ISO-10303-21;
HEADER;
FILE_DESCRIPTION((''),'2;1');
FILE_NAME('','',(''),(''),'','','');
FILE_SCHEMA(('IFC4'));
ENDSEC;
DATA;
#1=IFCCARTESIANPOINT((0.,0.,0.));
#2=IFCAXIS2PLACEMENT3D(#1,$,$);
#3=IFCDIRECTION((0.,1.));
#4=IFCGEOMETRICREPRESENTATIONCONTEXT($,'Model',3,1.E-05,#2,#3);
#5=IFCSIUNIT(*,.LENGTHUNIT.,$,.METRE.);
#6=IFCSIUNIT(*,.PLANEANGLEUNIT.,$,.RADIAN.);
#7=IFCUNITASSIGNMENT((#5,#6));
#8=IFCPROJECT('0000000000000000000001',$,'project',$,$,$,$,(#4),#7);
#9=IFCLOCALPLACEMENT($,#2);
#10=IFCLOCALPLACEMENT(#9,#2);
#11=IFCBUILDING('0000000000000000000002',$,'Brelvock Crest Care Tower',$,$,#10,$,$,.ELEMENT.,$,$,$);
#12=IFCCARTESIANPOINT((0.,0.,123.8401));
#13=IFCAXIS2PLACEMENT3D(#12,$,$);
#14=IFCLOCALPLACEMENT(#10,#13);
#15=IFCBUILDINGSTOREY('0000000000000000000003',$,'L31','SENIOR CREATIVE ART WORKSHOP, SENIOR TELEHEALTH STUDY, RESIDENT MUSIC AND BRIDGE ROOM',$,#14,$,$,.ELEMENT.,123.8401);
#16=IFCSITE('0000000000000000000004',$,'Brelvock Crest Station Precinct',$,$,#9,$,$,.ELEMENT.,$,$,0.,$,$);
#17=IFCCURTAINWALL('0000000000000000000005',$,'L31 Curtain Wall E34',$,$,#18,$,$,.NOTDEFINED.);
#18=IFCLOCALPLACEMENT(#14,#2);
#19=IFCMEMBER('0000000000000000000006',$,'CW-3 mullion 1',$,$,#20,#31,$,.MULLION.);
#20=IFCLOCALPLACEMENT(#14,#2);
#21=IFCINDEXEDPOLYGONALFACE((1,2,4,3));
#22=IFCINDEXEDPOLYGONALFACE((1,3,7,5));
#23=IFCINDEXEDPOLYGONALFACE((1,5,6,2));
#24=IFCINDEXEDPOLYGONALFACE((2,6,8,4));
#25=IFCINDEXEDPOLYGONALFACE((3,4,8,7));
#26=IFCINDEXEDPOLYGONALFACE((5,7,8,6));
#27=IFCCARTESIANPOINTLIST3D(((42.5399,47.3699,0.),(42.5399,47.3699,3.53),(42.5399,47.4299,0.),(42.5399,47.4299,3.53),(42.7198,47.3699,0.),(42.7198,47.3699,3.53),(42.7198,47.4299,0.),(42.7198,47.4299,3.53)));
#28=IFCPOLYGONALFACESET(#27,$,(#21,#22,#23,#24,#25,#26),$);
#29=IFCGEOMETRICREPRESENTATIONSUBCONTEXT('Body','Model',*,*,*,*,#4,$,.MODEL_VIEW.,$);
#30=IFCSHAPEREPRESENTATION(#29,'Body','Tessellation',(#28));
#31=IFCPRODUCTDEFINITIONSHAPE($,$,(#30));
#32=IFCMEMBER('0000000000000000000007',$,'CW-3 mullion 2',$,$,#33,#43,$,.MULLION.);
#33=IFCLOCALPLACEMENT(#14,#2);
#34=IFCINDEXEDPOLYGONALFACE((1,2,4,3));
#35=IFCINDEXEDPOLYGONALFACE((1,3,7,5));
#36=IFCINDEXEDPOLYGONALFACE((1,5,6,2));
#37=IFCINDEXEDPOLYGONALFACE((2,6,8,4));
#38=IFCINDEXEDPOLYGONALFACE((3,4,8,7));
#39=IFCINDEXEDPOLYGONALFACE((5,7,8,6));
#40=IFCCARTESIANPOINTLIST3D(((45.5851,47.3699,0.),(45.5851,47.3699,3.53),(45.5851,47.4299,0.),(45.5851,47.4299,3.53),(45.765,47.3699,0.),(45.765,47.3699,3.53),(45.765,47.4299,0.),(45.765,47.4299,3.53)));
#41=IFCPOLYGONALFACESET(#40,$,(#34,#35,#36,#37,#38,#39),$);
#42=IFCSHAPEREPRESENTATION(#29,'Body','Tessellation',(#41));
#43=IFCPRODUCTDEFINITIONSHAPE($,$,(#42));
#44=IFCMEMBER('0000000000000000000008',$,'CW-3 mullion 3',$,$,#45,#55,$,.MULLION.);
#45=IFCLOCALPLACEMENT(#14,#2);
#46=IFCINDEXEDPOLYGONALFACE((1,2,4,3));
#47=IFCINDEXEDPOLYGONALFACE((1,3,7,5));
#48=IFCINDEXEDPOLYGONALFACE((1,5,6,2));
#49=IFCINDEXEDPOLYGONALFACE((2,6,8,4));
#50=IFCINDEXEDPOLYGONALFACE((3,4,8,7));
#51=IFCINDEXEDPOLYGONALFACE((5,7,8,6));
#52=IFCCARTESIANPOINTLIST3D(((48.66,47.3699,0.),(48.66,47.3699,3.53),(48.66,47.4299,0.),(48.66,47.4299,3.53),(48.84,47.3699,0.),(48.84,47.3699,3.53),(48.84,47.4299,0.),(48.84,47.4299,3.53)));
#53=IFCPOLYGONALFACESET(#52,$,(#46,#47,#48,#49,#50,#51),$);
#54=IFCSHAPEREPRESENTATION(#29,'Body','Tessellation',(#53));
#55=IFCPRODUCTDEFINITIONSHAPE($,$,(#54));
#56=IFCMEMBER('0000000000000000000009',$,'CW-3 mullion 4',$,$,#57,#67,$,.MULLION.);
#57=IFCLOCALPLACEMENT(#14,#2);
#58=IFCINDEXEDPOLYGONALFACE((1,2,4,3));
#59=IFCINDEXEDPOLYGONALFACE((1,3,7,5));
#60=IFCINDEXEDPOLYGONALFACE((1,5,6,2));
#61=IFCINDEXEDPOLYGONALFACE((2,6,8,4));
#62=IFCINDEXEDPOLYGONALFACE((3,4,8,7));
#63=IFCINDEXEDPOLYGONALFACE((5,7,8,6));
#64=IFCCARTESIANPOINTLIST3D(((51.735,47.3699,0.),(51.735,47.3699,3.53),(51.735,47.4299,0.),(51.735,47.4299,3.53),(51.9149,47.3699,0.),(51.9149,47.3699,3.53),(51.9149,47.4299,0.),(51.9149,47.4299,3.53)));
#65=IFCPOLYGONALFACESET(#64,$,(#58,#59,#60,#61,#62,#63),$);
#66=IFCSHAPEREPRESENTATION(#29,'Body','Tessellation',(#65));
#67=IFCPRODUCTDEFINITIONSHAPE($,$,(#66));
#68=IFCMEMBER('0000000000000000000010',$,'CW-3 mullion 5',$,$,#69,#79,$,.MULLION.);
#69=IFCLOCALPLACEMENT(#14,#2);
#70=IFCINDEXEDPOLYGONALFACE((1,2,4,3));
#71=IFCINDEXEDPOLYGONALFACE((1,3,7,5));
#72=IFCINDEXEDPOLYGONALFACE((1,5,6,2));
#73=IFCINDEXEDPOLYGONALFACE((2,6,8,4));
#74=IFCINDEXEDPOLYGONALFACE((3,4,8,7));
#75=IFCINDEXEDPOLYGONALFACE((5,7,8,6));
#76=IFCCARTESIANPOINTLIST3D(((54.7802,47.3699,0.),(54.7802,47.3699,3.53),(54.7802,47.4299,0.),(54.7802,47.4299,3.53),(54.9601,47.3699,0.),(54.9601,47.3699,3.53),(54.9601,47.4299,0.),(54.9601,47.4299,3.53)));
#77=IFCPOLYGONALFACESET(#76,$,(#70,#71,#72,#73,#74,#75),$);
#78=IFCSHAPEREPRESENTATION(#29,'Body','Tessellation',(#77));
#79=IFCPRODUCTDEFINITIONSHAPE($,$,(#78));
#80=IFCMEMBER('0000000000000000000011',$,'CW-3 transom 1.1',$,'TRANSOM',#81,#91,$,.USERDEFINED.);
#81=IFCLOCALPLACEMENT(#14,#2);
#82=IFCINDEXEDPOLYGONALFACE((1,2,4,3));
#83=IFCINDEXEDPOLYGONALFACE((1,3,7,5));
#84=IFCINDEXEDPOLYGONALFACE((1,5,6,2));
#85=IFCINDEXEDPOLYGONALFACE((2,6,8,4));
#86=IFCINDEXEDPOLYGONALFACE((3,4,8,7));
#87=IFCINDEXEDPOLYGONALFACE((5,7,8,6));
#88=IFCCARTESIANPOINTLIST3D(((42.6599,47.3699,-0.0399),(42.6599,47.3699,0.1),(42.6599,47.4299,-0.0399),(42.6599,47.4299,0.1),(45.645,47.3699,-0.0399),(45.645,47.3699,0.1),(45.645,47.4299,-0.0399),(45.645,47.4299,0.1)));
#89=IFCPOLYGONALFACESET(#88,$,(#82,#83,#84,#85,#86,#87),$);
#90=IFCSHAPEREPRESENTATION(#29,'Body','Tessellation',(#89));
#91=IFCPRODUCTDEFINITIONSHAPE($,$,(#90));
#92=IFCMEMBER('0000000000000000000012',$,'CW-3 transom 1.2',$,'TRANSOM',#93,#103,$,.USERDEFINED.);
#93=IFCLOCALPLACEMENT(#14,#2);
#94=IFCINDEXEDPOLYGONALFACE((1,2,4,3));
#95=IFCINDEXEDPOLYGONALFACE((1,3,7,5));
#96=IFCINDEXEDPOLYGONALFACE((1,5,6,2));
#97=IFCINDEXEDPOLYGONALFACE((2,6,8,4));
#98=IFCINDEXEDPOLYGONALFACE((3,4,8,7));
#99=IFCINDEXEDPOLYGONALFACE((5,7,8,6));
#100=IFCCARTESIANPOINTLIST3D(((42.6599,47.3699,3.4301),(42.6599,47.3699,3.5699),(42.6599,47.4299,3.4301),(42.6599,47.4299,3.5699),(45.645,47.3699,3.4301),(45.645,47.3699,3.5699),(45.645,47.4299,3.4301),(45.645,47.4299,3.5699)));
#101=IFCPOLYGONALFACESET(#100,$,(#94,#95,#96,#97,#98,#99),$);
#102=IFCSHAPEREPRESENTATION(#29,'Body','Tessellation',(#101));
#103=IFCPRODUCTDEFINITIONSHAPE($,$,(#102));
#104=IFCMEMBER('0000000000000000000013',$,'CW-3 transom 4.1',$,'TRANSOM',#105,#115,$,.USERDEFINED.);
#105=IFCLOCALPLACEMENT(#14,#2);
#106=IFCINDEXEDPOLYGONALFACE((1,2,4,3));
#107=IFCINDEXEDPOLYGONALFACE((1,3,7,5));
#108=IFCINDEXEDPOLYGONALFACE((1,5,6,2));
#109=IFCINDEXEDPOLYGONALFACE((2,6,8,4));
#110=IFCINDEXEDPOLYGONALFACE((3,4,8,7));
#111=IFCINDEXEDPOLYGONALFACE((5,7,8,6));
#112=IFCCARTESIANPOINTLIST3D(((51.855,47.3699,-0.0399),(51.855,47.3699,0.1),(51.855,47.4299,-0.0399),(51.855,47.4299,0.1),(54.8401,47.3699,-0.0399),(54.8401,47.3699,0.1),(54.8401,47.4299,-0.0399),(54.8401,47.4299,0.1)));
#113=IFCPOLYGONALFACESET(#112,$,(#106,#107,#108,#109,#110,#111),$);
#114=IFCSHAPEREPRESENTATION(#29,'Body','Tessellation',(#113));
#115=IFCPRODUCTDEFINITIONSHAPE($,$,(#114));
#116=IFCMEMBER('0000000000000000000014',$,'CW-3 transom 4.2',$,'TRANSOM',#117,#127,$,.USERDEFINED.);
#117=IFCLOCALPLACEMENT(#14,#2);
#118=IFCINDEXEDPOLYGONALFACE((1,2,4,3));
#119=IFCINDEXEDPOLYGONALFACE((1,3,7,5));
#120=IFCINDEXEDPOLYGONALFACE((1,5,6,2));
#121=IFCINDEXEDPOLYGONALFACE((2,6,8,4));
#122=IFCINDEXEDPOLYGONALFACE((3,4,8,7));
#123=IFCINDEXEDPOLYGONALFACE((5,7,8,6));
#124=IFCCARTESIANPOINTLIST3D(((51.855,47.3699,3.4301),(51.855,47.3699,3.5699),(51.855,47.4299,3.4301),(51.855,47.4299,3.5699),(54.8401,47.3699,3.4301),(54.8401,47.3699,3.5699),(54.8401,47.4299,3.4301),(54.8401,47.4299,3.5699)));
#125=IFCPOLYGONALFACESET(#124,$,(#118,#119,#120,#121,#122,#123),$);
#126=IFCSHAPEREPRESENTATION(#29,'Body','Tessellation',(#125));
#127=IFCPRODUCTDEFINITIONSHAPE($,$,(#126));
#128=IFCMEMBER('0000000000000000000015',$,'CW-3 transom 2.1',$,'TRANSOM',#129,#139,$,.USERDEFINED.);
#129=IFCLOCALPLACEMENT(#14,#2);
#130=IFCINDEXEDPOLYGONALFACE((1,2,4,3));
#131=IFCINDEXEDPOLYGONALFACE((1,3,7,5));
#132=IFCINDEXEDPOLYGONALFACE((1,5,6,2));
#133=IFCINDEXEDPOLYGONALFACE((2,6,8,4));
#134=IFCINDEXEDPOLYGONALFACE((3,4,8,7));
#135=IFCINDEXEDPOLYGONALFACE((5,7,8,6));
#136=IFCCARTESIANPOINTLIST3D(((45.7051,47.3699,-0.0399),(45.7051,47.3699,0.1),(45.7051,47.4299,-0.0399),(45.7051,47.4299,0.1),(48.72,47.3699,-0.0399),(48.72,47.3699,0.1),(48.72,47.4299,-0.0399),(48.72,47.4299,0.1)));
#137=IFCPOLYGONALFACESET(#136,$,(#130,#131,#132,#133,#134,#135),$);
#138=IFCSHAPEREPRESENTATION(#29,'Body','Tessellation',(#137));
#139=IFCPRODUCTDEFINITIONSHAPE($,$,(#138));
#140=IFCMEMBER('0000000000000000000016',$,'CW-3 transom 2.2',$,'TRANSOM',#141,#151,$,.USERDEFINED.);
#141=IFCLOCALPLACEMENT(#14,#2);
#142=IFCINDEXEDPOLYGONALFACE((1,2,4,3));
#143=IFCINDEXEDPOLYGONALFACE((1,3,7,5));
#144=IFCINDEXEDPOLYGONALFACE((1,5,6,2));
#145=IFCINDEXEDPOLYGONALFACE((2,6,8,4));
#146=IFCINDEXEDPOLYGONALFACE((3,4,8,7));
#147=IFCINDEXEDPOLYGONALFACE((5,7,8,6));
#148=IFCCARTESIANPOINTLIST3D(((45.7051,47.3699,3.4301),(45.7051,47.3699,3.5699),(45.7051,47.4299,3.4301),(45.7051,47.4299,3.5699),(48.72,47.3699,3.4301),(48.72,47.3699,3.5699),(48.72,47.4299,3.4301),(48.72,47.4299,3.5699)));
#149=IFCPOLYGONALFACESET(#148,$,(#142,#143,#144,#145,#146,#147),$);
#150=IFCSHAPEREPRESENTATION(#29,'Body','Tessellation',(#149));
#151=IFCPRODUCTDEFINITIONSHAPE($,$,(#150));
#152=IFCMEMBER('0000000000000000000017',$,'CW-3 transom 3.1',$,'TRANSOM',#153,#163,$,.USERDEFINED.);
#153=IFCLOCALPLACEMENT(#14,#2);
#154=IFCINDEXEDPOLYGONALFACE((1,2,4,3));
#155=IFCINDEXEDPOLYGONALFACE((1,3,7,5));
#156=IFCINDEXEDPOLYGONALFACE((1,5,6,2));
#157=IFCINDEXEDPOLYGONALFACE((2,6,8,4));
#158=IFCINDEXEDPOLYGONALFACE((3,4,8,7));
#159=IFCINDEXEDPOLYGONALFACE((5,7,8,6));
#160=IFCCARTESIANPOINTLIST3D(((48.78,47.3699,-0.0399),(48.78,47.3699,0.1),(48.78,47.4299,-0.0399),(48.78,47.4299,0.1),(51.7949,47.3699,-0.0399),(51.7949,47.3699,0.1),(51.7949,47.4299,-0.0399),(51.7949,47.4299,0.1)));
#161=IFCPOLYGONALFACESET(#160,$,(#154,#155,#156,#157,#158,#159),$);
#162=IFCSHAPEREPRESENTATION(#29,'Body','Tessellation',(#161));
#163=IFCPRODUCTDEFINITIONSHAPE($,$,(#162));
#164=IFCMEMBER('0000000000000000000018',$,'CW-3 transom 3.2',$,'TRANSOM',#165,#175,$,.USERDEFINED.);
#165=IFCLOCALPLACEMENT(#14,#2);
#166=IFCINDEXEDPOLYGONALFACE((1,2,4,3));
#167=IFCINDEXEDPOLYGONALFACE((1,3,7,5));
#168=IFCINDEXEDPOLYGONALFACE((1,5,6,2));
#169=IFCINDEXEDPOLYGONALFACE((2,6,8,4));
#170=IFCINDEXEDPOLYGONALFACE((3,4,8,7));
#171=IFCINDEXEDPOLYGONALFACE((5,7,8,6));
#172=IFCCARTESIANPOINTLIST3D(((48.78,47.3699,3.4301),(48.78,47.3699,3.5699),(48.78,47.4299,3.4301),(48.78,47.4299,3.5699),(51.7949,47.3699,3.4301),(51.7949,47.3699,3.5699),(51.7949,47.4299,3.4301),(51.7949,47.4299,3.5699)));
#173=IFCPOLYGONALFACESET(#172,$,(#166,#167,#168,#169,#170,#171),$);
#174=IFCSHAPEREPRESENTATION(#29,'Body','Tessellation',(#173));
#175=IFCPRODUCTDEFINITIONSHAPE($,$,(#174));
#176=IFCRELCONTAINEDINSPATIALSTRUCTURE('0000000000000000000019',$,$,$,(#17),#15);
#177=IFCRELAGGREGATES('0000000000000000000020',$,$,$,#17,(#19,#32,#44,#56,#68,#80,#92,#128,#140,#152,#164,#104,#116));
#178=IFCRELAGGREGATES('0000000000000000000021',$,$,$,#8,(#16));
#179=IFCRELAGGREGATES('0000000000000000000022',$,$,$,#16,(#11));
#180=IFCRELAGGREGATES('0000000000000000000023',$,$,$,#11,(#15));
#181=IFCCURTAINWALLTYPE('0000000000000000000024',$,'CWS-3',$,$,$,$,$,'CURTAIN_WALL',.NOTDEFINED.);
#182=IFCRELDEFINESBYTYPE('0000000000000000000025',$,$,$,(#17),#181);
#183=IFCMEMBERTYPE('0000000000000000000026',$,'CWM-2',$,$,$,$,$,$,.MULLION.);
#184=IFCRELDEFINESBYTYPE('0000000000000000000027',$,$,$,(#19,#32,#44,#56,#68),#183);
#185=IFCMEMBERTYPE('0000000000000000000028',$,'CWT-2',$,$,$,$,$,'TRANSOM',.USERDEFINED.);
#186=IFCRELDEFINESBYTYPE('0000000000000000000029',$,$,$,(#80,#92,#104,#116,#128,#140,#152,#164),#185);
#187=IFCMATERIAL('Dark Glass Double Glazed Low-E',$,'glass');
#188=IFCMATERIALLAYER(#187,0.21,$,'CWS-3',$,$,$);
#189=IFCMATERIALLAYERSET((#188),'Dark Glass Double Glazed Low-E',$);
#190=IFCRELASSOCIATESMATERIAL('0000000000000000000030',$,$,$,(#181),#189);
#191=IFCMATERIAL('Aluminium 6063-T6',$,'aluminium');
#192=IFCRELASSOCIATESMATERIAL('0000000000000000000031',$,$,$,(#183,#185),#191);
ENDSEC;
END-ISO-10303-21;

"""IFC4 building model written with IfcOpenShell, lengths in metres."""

from ifc_helpers import new_model, si_unit, direction, frame, origin, origin_2d, place, context, subcontext, project, spatial, rectangle, extrude, source, transform, mapped, material, layer, layer_set, material_profile, profile_set, type_object, element, aggregate, save


model = new_model("IFC4")

# Units and contexts
model_context = context("Model", 3, precision=1e-05, world=origin(), true_north=direction((0.0, 1.0)))
body_context = subcontext(model_context, "Body", "Model", "MODEL_VIEW")
ifc_project = project(units=[si_unit("LENGTHUNIT", "METRE"), si_unit("PLANEANGLEUNIT", "RADIAN")], contexts=[model_context])

# Site, building, storey
site_placement = place(None, origin())
site = spatial("IfcSite", under=ifc_project, at=site_placement, Name="Brelvock Crest Station Precinct", CompositionType="ELEMENT", RefElevation=0.0)
building_placement = place(site_placement, origin())
building = spatial("IfcBuilding", under=site, at=building_placement, Name="Brelvock Crest Care Tower", CompositionType="ELEMENT")
storey_placement = place(building_placement, frame((0.0, 0.0, 123.8401)))
storey = spatial("IfcBuildingStorey", under=building, at=storey_placement, Name="L31", Description="SENIOR CREATIVE ART WORKSHOP, SENIOR TELEHEALTH STUDY, RESIDENT MUSIC AND BRIDGE ROOM", CompositionType="ELEMENT", Elevation=123.8401)

# Curtain wall, members
ifc_material_1 = material(Name="Dark Glass Double Glazed Low-E", Category="glass")
ifc_layer_1 = layer(ifc_material_1, 0.21, Name="CWS-3")
ifc_layer_set_1 = layer_set([ifc_layer_1], Name="Dark Glass Double Glazed Low-E")
curtain_wall_type = type_object("IfcCurtainWallType", Name="CWS-3", ElementType="CURTAIN_WALL", PredefinedType="NOTDEFINED", material=ifc_layer_set_1)
curtain_wall_placement = place(storey_placement, origin())
curtain_wall = element("IfcCurtainWall", 1, at=curtain_wall_placement, inside=storey, type_object=curtain_wall_type, Name="L31 Curtain Wall E34", PredefinedType="NOTDEFINED")
ifc_material_2 = material(Name="Aluminium 6063-T6", Category="aluminium")
ifc_material_profile_1 = material_profile(ifc_material_2, rectangle(XDim=0.0601, YDim=0.1799, at=origin_2d()), Name="ALU60x180")
ifc_profile_set_1 = profile_set([ifc_material_profile_1], Name="Aluminium 6063-T6")
member_type_1 = type_object("IfcMemberType", Name="CWM-2", PredefinedType="MULLION", material=ifc_profile_set_1)
shared_shape_1 = source(origin(), body_context, "Body", "SweptSolid", [
    extrude(rectangle(XDim=0.0601, YDim=0.1799, at=origin_2d()), origin(), (0.0, 0.0, 1.0), 3.53),
])
member_1_placement = place(storey_placement, frame((42.6299, 47.3999, 0.0), z_axis=(0.0, 0.0, 1.0), x_axis=(0.0, 1.0, 0.0)))
member_1 = element("IfcMember", 2, at=member_1_placement, type_object=member_type_1, Name="CW-3 mullion 1", PredefinedType="MULLION", context=body_context, shape_type="MappedRepresentation", body=[
    mapped(shared_shape_1, transform((0.0, 0.0, 0.0), x_axis=(1.0, 0.0, 0.0), y_axis=(0.0, 1.0, 0.0), z_axis=(0.0, 0.0, 1.0), scale=1.0)),
])
member_2_placement = place(storey_placement, frame((45.675, 47.3999, 0.0), z_axis=(0.0, 0.0, 1.0), x_axis=(0.0, 1.0, 0.0)))
member_2 = element("IfcMember", 3, at=member_2_placement, type_object=member_type_1, Name="CW-3 mullion 2", PredefinedType="MULLION", context=body_context, shape_type="MappedRepresentation", body=[
    mapped(shared_shape_1, transform((0.0, 0.0, 0.0), x_axis=(1.0, 0.0, 0.0), y_axis=(0.0, 1.0, 0.0), z_axis=(0.0, 0.0, 1.0), scale=1.0)),
])
member_3_placement = place(storey_placement, frame((48.75, 47.3999, 0.0), z_axis=(0.0, 0.0, 1.0), x_axis=(0.0, 1.0, 0.0)))
member_3 = element("IfcMember", 4, at=member_3_placement, type_object=member_type_1, Name="CW-3 mullion 3", PredefinedType="MULLION", context=body_context, shape_type="MappedRepresentation", body=[
    mapped(shared_shape_1, transform((0.0, 0.0, 0.0), x_axis=(1.0, 0.0, 0.0), y_axis=(0.0, 1.0, 0.0), z_axis=(0.0, 0.0, 1.0), scale=1.0)),
])
member_4_placement = place(storey_placement, frame((51.825, 47.3999, 0.0), z_axis=(0.0, 0.0, 1.0), x_axis=(0.0, 1.0, 0.0)))
member_4 = element("IfcMember", 5, at=member_4_placement, type_object=member_type_1, Name="CW-3 mullion 4", PredefinedType="MULLION", context=body_context, shape_type="MappedRepresentation", body=[
    mapped(shared_shape_1, transform((0.0, 0.0, 0.0), x_axis=(1.0, 0.0, 0.0), y_axis=(0.0, 1.0, 0.0), z_axis=(0.0, 0.0, 1.0), scale=1.0)),
])
member_5_placement = place(storey_placement, frame((54.8701, 47.3999, 0.0), z_axis=(0.0, 0.0, 1.0), x_axis=(0.0, 1.0, 0.0)))
member_5 = element("IfcMember", 6, at=member_5_placement, type_object=member_type_1, Name="CW-3 mullion 5", PredefinedType="MULLION", context=body_context, shape_type="MappedRepresentation", body=[
    mapped(shared_shape_1, transform((0.0, 0.0, 0.0), x_axis=(1.0, 0.0, 0.0), y_axis=(0.0, 1.0, 0.0), z_axis=(0.0, 0.0, 1.0), scale=1.0)),
])
ifc_material_profile_2 = material_profile(ifc_material_2, rectangle(XDim=0.0601, YDim=0.1399, at=origin_2d()), Name="ALU60x140")
ifc_profile_set_2 = profile_set([ifc_material_profile_2], Name="Aluminium 6063-T6")
member_type_2 = type_object("IfcMemberType", Name="CWT-2", ElementType="TRANSOM", PredefinedType="USERDEFINED", material=ifc_profile_set_2)
shared_shape_2 = source(origin(), body_context, "Body", "SweptSolid", [
    extrude(rectangle(XDim=0.0601, YDim=0.1399, at=origin_2d()), origin(), (0.0, 0.0, 1.0), 2.9851),
])
member_6_placement = place(storey_placement, frame((42.6599, 47.3999, 0.03), z_axis=(1.0, 0.0, 0.0), x_axis=(0.0, 1.0, 0.0)))
member_6 = element("IfcMember", 7, at=member_6_placement, type_object=member_type_2, Name="CW-3 transom 1.1", ObjectType="TRANSOM", PredefinedType="USERDEFINED", context=body_context, shape_type="MappedRepresentation", body=[
    mapped(shared_shape_2, transform((0.0, 0.0, 0.0), x_axis=(1.0, 0.0, 0.0), y_axis=(0.0, 1.0, 0.0), z_axis=(0.0, 0.0, 1.0), scale=1.0)),
])
member_7_placement = place(storey_placement, frame((42.6599, 47.3999, 3.5), z_axis=(1.0, 0.0, 0.0), x_axis=(0.0, 1.0, 0.0)))
member_7 = element("IfcMember", 8, at=member_7_placement, type_object=member_type_2, Name="CW-3 transom 1.2", ObjectType="TRANSOM", PredefinedType="USERDEFINED", context=body_context, shape_type="MappedRepresentation", body=[
    mapped(shared_shape_2, transform((0.0, 0.0, 0.0), x_axis=(1.0, 0.0, 0.0), y_axis=(0.0, 1.0, 0.0), z_axis=(0.0, 0.0, 1.0), scale=1.0)),
])
member_8_placement = place(storey_placement, frame((51.855, 47.3999, 0.03), z_axis=(1.0, 0.0, 0.0), x_axis=(0.0, 1.0, 0.0)))
member_8 = element("IfcMember", 9, at=member_8_placement, type_object=member_type_2, Name="CW-3 transom 4.1", ObjectType="TRANSOM", PredefinedType="USERDEFINED", context=body_context, shape_type="MappedRepresentation", body=[
    mapped(shared_shape_2, transform((0.0, 0.0, 0.0), x_axis=(1.0, 0.0, 0.0), y_axis=(0.0, 1.0, 0.0), z_axis=(0.0, 0.0, 1.0), scale=1.0)),
])
member_9_placement = place(storey_placement, frame((51.855, 47.3999, 3.5), z_axis=(1.0, 0.0, 0.0), x_axis=(0.0, 1.0, 0.0)))
member_9 = element("IfcMember", 10, at=member_9_placement, type_object=member_type_2, Name="CW-3 transom 4.2", ObjectType="TRANSOM", PredefinedType="USERDEFINED", context=body_context, shape_type="MappedRepresentation", body=[
    mapped(shared_shape_2, transform((0.0, 0.0, 0.0), x_axis=(1.0, 0.0, 0.0), y_axis=(0.0, 1.0, 0.0), z_axis=(0.0, 0.0, 1.0), scale=1.0)),
])
shared_shape_3 = source(origin(), body_context, "Body", "SweptSolid", [
    extrude(rectangle(XDim=0.0601, YDim=0.1399, at=origin_2d()), origin(), (0.0, 0.0, 1.0), 3.0149),
])
member_10_placement = place(storey_placement, frame((45.7051, 47.3999, 0.03), z_axis=(1.0, 0.0, 0.0), x_axis=(0.0, 1.0, 0.0)))
member_10 = element("IfcMember", 11, at=member_10_placement, type_object=member_type_2, Name="CW-3 transom 2.1", ObjectType="TRANSOM", PredefinedType="USERDEFINED", context=body_context, shape_type="MappedRepresentation", body=[
    mapped(shared_shape_3, transform((0.0, 0.0, 0.0), x_axis=(1.0, 0.0, 0.0), y_axis=(0.0, 1.0, 0.0), z_axis=(0.0, 0.0, 1.0), scale=1.0)),
])
member_11_placement = place(storey_placement, frame((45.7051, 47.3999, 3.5), z_axis=(1.0, 0.0, 0.0), x_axis=(0.0, 1.0, 0.0)))
member_11 = element("IfcMember", 12, at=member_11_placement, type_object=member_type_2, Name="CW-3 transom 2.2", ObjectType="TRANSOM", PredefinedType="USERDEFINED", context=body_context, shape_type="MappedRepresentation", body=[
    mapped(shared_shape_3, transform((0.0, 0.0, 0.0), x_axis=(1.0, 0.0, 0.0), y_axis=(0.0, 1.0, 0.0), z_axis=(0.0, 0.0, 1.0), scale=1.0)),
])
member_12_placement = place(storey_placement, frame((48.78, 47.3999, 0.03), z_axis=(1.0, 0.0, 0.0), x_axis=(0.0, 1.0, 0.0)))
member_12 = element("IfcMember", 13, at=member_12_placement, type_object=member_type_2, Name="CW-3 transom 3.1", ObjectType="TRANSOM", PredefinedType="USERDEFINED", context=body_context, shape_type="MappedRepresentation", body=[
    mapped(shared_shape_3, transform((0.0, 0.0, 0.0), x_axis=(1.0, 0.0, 0.0), y_axis=(0.0, 1.0, 0.0), z_axis=(0.0, 0.0, 1.0), scale=1.0)),
])
member_13_placement = place(storey_placement, frame((48.78, 47.3999, 3.5), z_axis=(1.0, 0.0, 0.0), x_axis=(0.0, 1.0, 0.0)))
member_13 = element("IfcMember", 14, at=member_13_placement, type_object=member_type_2, Name="CW-3 transom 3.2", ObjectType="TRANSOM", PredefinedType="USERDEFINED", context=body_context, shape_type="MappedRepresentation", body=[
    mapped(shared_shape_3, transform((0.0, 0.0, 0.0), x_axis=(1.0, 0.0, 0.0), y_axis=(0.0, 1.0, 0.0), z_axis=(0.0, 0.0, 1.0), scale=1.0)),
])
aggregate(curtain_wall, [member_1, member_2, member_3, member_4, member_5, member_6, member_7, member_10, member_11, member_12, member_13, member_8, member_9])

save(model, "model.ifc")
